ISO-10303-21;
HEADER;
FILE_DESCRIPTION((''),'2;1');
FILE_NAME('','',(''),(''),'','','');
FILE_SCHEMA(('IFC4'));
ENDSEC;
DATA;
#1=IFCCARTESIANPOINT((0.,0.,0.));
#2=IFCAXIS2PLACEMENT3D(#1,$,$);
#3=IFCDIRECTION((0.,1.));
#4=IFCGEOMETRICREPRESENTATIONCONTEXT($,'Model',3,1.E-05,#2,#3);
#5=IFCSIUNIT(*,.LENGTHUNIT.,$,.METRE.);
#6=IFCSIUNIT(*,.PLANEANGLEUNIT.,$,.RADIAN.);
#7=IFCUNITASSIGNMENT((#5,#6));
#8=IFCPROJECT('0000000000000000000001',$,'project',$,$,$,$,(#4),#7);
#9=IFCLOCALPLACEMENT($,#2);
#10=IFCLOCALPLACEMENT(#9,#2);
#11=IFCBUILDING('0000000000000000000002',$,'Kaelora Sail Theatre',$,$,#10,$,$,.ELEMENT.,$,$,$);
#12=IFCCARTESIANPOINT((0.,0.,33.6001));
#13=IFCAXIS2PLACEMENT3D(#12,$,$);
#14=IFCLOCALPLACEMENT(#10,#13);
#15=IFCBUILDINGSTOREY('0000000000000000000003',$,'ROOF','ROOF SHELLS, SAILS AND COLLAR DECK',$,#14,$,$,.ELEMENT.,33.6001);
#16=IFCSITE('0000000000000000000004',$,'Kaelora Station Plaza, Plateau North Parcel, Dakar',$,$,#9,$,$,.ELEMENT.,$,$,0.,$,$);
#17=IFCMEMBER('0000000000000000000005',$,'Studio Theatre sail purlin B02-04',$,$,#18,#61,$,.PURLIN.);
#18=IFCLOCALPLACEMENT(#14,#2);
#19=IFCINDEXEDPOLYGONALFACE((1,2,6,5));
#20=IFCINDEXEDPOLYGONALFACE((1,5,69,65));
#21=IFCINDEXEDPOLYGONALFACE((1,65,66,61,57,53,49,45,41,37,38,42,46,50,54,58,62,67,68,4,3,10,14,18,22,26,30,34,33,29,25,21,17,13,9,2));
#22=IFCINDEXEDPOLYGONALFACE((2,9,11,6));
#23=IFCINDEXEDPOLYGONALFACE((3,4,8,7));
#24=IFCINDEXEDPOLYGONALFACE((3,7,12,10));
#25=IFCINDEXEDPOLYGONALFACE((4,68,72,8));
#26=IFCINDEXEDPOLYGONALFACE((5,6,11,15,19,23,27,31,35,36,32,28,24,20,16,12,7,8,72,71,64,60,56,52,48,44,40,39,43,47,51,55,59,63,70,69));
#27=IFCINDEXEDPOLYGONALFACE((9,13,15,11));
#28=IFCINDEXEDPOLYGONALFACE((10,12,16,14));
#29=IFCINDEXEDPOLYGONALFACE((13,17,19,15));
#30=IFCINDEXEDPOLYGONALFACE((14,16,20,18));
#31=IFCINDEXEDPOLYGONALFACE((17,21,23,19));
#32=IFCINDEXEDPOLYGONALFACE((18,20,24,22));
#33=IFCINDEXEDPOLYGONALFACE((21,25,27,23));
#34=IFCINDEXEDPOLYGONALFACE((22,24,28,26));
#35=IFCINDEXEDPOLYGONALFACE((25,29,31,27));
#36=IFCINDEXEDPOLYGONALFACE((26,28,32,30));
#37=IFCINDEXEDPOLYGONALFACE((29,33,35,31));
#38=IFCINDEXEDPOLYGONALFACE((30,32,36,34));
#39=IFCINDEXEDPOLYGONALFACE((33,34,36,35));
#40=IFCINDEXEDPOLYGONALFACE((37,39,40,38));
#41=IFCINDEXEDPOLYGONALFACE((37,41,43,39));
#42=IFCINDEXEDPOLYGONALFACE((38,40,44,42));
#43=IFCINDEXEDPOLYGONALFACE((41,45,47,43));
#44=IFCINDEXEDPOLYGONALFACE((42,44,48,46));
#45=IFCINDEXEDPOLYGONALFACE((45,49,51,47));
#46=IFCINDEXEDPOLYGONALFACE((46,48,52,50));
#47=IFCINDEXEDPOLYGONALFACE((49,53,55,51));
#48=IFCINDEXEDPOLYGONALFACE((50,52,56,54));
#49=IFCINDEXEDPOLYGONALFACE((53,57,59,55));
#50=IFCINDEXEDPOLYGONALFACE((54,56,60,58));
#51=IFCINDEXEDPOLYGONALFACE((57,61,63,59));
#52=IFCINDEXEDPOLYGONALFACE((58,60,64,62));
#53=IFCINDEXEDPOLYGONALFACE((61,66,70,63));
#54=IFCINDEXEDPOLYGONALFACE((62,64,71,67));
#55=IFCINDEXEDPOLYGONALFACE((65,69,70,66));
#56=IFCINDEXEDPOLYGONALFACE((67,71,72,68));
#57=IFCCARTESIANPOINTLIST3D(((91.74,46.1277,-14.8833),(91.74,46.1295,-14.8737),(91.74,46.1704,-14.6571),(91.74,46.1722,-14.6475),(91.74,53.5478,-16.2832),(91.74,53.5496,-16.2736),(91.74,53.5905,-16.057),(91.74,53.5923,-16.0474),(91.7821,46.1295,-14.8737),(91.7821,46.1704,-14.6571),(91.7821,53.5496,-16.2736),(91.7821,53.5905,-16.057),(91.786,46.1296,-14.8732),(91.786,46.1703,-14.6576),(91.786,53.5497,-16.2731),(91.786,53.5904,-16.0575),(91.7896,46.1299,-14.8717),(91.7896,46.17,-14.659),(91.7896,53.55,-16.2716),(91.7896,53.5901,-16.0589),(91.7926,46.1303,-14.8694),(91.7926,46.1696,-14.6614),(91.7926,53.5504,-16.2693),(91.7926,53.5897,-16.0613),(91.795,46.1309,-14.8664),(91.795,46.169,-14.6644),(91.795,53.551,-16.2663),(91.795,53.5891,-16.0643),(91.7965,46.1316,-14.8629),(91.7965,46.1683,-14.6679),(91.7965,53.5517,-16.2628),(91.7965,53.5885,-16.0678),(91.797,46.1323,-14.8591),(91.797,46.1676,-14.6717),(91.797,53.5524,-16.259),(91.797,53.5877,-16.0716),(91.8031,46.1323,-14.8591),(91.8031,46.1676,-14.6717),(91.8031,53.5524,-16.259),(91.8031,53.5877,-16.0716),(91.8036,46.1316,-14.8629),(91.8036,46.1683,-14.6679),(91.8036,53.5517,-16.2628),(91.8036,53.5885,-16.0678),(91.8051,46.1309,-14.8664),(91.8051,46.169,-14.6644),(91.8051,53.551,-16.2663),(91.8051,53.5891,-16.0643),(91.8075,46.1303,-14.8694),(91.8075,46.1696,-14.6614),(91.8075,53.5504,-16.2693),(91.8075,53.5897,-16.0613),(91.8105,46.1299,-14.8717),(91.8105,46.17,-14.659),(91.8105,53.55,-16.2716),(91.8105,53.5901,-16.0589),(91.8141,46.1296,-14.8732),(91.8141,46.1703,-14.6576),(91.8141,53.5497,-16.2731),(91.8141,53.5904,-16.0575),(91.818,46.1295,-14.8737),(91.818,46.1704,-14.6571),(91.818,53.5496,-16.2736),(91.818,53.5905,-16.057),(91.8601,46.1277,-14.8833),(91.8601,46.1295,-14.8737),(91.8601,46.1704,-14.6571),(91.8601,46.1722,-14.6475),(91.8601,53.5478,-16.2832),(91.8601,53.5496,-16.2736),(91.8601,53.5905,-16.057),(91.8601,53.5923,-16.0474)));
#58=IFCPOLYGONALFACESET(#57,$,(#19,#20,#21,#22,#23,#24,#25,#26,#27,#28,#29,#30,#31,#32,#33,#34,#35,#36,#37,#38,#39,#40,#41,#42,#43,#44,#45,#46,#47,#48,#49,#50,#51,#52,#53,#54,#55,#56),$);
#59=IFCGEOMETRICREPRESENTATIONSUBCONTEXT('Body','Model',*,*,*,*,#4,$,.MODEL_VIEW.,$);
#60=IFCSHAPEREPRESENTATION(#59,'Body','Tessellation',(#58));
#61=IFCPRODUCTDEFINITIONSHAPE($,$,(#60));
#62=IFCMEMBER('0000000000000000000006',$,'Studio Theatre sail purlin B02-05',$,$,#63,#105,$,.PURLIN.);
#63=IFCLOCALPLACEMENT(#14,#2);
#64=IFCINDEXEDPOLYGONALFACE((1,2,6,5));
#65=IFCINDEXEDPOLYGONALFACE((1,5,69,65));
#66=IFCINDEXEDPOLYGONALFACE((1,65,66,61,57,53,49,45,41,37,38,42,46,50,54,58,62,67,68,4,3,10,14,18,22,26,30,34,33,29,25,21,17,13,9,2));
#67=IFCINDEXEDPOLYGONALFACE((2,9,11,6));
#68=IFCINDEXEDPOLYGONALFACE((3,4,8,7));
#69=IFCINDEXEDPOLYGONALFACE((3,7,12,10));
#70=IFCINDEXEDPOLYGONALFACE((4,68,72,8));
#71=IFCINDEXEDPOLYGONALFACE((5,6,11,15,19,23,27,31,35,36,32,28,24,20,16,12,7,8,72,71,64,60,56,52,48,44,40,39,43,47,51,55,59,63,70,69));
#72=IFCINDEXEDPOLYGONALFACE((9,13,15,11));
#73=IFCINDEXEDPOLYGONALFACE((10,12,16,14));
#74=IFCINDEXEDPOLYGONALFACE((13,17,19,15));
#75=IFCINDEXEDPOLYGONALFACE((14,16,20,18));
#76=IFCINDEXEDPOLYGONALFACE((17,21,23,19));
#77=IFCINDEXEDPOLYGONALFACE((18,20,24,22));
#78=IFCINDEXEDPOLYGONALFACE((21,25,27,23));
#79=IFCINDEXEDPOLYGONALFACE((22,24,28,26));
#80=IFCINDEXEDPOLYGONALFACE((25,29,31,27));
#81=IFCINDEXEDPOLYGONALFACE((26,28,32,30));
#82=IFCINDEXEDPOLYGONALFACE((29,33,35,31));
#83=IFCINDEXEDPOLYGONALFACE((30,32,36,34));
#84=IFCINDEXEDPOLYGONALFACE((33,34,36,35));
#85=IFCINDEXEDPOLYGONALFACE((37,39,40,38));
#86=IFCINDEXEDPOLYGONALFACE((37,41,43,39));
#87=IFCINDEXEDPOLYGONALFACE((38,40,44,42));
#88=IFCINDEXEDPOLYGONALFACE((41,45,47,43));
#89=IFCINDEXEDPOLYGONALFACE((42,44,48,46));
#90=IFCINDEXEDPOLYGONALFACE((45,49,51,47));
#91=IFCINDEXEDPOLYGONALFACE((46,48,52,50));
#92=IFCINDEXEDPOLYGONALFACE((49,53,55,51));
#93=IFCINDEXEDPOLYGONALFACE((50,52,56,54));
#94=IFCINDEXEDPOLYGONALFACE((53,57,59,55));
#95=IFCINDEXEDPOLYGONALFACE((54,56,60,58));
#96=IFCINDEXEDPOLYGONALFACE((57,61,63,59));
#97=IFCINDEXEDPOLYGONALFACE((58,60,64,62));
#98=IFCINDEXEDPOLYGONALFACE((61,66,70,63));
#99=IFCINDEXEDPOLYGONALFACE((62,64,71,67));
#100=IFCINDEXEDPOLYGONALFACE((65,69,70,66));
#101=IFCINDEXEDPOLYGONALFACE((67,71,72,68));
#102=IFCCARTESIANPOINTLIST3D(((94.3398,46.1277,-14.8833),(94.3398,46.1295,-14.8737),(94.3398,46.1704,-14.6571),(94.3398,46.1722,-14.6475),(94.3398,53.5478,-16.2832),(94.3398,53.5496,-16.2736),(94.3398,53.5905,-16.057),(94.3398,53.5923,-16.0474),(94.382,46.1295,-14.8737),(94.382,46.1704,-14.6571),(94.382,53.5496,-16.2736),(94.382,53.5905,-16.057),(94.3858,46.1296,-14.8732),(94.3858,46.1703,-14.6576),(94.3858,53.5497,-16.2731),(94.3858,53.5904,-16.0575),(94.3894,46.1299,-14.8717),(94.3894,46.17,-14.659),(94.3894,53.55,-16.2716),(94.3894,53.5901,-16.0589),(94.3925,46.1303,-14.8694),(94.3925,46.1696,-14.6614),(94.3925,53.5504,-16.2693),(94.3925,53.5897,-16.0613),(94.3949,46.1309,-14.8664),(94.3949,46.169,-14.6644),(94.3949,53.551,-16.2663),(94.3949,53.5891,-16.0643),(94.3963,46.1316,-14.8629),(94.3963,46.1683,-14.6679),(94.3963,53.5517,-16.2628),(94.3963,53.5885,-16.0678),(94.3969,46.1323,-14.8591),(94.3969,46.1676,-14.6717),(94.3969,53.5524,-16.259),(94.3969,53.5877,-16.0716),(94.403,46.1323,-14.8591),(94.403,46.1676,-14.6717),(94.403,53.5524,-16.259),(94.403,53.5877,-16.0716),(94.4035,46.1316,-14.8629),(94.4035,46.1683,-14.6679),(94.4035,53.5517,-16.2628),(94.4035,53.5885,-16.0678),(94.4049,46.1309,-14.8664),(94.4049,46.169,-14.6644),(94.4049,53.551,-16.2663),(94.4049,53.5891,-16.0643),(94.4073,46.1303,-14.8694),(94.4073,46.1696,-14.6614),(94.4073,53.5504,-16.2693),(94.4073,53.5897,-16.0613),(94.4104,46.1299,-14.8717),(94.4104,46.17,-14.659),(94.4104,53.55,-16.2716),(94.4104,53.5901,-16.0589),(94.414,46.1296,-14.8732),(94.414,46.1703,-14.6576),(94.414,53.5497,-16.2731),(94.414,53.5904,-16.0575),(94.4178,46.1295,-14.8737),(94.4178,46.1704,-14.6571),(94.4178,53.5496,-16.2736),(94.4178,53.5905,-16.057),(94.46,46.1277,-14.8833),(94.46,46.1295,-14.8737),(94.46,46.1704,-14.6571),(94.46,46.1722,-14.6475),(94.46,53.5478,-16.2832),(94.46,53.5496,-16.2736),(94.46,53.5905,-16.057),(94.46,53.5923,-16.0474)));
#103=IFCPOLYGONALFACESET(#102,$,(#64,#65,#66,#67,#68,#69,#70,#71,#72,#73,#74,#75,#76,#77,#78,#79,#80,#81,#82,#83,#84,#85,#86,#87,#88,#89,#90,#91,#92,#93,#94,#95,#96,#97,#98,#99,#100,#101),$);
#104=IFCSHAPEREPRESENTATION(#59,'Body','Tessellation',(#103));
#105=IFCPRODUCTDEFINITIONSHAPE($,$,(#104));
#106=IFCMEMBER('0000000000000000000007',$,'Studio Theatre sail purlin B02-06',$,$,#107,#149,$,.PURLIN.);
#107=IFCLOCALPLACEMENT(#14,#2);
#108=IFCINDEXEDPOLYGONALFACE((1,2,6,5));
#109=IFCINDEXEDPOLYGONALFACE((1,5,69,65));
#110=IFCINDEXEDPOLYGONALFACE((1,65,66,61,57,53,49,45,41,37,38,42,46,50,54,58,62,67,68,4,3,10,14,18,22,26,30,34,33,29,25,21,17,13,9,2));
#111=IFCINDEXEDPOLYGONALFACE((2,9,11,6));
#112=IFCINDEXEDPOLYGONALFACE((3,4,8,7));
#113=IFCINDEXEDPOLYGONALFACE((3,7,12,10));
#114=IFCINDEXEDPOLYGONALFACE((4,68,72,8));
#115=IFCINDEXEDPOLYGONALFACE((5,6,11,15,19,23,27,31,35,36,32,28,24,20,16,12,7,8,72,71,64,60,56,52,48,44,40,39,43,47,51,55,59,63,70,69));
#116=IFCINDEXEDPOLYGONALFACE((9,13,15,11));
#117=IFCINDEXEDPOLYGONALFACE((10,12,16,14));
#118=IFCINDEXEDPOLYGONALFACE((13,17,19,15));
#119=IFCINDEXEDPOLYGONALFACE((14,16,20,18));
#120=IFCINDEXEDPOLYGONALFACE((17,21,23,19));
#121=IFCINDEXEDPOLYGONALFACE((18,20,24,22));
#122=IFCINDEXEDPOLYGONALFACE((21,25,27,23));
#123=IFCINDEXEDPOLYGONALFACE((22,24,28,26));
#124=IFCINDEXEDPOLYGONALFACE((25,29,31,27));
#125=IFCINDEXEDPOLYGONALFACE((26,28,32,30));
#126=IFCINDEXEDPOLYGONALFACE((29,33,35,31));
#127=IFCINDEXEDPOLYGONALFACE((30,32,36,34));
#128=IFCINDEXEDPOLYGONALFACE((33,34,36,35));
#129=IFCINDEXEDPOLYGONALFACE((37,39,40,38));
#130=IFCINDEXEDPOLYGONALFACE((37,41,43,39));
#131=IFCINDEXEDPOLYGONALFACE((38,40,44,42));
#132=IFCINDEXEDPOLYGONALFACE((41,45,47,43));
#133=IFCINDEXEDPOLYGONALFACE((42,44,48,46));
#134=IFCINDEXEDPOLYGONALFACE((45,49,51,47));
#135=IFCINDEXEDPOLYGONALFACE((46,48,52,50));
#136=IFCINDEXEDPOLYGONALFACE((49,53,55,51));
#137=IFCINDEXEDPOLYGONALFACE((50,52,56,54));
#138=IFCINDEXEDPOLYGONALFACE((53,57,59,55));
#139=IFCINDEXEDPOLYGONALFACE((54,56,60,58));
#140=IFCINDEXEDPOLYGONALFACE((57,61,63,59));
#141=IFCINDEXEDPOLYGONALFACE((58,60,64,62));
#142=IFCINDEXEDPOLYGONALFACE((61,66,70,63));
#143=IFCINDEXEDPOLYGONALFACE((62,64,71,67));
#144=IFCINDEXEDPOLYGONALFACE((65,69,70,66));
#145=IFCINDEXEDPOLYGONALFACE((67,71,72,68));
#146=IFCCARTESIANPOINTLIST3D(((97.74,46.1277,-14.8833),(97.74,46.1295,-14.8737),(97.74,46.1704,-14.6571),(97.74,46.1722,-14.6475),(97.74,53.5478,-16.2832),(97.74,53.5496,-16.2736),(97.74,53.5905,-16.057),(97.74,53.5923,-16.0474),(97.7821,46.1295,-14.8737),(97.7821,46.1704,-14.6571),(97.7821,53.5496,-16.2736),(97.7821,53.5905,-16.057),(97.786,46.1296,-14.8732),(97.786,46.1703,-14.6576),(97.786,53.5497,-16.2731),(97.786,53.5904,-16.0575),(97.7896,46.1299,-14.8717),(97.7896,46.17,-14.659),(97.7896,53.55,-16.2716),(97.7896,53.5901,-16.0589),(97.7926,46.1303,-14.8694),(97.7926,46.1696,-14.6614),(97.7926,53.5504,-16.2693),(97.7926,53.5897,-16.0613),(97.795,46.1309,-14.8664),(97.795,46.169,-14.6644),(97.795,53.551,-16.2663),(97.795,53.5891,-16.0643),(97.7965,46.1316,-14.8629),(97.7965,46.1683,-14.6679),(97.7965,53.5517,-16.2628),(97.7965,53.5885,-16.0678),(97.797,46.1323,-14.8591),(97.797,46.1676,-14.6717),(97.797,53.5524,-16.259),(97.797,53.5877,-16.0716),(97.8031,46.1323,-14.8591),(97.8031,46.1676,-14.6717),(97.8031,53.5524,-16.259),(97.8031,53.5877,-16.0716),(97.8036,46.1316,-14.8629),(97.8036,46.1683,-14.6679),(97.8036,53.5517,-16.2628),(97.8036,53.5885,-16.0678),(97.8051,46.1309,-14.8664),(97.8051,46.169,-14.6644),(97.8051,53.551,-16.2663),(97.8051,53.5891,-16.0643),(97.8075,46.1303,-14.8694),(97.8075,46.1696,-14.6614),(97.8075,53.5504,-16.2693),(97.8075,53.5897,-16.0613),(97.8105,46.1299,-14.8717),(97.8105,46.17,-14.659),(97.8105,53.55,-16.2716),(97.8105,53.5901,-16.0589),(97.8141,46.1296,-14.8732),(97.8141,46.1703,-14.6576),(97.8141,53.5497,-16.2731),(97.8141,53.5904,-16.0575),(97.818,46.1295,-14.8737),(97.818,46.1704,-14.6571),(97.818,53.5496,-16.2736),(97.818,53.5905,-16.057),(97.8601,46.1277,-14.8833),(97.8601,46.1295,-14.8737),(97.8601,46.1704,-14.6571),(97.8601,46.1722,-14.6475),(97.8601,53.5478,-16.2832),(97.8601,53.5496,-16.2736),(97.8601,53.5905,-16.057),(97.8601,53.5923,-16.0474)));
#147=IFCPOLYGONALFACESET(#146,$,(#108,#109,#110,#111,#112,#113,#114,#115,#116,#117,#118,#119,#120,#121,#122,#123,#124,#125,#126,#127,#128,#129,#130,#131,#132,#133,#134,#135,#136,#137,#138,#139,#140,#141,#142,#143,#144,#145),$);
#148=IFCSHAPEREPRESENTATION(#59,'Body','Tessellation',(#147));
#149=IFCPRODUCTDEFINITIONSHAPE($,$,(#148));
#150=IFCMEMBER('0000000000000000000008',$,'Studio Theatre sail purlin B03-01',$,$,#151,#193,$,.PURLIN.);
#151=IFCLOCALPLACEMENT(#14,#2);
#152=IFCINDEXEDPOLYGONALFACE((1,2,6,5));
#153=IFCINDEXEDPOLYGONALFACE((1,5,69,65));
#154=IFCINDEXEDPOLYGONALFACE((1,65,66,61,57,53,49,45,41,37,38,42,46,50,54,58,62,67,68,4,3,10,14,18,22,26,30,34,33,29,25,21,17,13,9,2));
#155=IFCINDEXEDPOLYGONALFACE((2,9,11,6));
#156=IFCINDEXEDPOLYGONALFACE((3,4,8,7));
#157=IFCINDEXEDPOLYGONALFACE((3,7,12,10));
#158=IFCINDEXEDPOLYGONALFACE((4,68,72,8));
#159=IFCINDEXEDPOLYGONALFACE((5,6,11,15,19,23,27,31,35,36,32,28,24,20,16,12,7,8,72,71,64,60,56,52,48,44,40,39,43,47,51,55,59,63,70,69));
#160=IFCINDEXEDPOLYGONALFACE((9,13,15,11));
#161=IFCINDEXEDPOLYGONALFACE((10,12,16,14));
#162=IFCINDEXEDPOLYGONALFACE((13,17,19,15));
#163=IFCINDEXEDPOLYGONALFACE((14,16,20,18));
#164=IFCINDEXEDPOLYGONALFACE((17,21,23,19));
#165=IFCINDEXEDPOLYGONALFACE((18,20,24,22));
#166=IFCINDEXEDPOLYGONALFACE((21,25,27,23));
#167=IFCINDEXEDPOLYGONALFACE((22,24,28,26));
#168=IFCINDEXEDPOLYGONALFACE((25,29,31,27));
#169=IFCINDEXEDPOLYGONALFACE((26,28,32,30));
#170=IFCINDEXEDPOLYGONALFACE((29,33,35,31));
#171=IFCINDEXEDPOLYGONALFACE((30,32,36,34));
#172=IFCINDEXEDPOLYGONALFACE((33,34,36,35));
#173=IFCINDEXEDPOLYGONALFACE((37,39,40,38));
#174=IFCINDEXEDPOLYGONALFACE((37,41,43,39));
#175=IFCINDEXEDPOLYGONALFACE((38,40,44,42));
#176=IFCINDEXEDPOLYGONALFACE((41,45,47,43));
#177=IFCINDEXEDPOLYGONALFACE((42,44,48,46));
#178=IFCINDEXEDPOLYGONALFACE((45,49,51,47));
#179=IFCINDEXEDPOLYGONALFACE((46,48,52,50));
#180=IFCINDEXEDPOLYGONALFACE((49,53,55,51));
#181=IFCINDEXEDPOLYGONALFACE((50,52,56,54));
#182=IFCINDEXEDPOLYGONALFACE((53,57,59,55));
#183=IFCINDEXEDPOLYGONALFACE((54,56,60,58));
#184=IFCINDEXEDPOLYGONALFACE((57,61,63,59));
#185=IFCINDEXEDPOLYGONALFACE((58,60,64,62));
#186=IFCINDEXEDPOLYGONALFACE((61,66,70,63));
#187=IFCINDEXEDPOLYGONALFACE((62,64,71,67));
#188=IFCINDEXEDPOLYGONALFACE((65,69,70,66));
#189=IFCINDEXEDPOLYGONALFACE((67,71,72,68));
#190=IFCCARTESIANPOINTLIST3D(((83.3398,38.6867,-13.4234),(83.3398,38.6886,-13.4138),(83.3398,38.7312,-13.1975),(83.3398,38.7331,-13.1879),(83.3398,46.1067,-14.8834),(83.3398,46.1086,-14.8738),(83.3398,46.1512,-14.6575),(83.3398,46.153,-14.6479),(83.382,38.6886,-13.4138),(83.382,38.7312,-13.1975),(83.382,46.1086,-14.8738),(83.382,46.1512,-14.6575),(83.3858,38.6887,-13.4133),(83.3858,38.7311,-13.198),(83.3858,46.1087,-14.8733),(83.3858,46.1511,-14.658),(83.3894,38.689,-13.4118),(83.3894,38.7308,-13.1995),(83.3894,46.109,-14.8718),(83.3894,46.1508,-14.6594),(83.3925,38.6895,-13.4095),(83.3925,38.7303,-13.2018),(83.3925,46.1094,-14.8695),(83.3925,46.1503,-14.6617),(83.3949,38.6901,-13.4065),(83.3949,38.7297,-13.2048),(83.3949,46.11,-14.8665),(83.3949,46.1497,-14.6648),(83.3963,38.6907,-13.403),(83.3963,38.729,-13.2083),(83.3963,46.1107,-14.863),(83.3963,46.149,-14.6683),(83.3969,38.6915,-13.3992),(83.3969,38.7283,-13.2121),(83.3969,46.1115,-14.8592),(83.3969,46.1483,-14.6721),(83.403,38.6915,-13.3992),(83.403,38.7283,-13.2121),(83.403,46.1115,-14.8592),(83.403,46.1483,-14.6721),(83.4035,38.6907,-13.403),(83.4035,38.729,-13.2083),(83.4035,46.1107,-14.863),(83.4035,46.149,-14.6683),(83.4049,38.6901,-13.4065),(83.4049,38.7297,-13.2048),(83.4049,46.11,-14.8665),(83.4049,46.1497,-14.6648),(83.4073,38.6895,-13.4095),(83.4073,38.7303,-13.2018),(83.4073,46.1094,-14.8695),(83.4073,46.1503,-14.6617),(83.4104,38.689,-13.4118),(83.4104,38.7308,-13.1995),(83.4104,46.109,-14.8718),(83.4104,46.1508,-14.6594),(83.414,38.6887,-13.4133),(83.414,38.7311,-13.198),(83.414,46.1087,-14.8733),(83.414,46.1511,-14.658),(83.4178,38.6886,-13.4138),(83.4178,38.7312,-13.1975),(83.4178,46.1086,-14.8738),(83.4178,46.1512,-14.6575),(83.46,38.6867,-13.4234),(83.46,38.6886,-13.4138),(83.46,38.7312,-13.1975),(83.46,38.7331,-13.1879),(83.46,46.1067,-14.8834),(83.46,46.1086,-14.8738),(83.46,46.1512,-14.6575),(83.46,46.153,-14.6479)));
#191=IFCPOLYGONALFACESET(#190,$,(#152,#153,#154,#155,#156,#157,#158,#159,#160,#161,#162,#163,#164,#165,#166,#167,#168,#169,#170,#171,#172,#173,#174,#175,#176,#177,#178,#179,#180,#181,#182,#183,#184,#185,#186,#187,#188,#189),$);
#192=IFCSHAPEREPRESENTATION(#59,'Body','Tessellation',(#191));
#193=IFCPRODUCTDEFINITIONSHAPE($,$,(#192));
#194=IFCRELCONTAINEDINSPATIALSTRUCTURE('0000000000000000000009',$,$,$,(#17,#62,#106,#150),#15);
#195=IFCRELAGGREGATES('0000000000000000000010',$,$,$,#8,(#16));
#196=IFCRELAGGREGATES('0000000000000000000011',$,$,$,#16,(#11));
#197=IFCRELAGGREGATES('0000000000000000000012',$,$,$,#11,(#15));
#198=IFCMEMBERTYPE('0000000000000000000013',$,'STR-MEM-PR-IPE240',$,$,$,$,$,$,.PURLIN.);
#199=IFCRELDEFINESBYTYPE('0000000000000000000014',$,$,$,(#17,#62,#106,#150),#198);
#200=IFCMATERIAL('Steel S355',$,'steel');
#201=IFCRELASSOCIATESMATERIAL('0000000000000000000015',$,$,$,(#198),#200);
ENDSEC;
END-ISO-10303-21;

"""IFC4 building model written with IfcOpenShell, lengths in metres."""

from ifc_helpers import new_model, si_unit, direction, frame, origin, origin_2d, place, context, subcontext, project, spatial, i_section, extrude, material, material_profile, profile_set, type_object, element, save


model = new_model("IFC4")

# Units and contexts
model_context = context("Model", 3, precision=1e-05, world=origin(), true_north=direction((0.0, 1.0)))
body_context = subcontext(model_context, "Body", "Model", "MODEL_VIEW")
ifc_project = project(units=[si_unit("LENGTHUNIT", "METRE"), si_unit("PLANEANGLEUNIT", "RADIAN")], contexts=[model_context])

# Site, building, storey
site_placement = place(None, origin())
site = spatial("IfcSite", under=ifc_project, at=site_placement, Name="Kaelora Station Plaza, Plateau North Parcel, Dakar", CompositionType="ELEMENT", RefElevation=0.0)
building_placement = place(site_placement, origin())
building = spatial("IfcBuilding", under=site, at=building_placement, Name="Kaelora Sail Theatre", CompositionType="ELEMENT")
storey_placement = place(building_placement, frame((0.0, 0.0, 33.6001)))
storey = spatial("IfcBuildingStorey", under=building, at=storey_placement, Name="ROOF", Description="ROOF SHELLS, SAILS AND COLLAR DECK", CompositionType="ELEMENT", Elevation=33.6001)

# Members
ifc_material_1 = material(Name="Steel S355", Category="steel")
ifc_material_profile_1 = material_profile(ifc_material_1, i_section(OverallWidth=0.1201, OverallDepth=0.24, WebThickness=0.0061, FlangeThickness=0.0098, FilletRadius=0.0149, at=origin_2d()), Name="IPE 240")
ifc_profile_set_1 = profile_set([ifc_material_profile_1], Name="Steel S355")
member_type = type_object("IfcMemberType", Name="STR-MEM-PR-IPE240", PredefinedType="PURLIN", material=ifc_profile_set_1)
for number, where, z_axis, x_axis, name in (
    (1, (91.8, 53.5701, -16.1653), (0.0, -0.982665, 0.185391), (1.0, 0.0, 0.0), "Studio Theatre sail purlin B02-04"),
    (2, (94.3999, 53.5701, -16.1653), (0.0, -0.982665, 0.185391), (1.0, 0.0, 0.0), "Studio Theatre sail purlin B02-05"),
    (3, (97.8, 53.5701, -16.1653), (0.0, -0.982665, 0.185391), (1.0, 0.0, 0.0), "Studio Theatre sail purlin B02-06"),
):
    element("IfcMember", number, at=place(storey_placement, frame(where, z_axis=z_axis, x_axis=x_axis)), inside=storey, type_object=member_type, Name=name, PredefinedType="PURLIN", context=body_context, shape_type="SweptSolid", body=[
        extrude(i_section(OverallWidth=0.1201, OverallDepth=0.24, WebThickness=0.0061, FlangeThickness=0.0098, FilletRadius=0.0149, at=origin_2d()), origin(), (0.0, 0.0, 1.0), 7.551),
    ])
for number, where, z_axis, x_axis, name in (
    (4, (83.3999, 46.1299, -14.7656), (0.0, -0.981187, 0.193061), (1.0, 0.0, 0.0), "Studio Theatre sail purlin B03-01"),
):
    element("IfcMember", number, at=place(storey_placement, frame(where, z_axis=z_axis, x_axis=x_axis)), inside=storey, type_object=member_type, Name=name, PredefinedType="PURLIN", context=body_context, shape_type="SweptSolid", body=[
        extrude(i_section(OverallWidth=0.1201, OverallDepth=0.24, WebThickness=0.0061, FlangeThickness=0.0098, FilletRadius=0.0149, at=origin_2d()), origin(), (0.0, 0.0, 1.0), 7.5623),
    ])

save(model, "model.ifc")
